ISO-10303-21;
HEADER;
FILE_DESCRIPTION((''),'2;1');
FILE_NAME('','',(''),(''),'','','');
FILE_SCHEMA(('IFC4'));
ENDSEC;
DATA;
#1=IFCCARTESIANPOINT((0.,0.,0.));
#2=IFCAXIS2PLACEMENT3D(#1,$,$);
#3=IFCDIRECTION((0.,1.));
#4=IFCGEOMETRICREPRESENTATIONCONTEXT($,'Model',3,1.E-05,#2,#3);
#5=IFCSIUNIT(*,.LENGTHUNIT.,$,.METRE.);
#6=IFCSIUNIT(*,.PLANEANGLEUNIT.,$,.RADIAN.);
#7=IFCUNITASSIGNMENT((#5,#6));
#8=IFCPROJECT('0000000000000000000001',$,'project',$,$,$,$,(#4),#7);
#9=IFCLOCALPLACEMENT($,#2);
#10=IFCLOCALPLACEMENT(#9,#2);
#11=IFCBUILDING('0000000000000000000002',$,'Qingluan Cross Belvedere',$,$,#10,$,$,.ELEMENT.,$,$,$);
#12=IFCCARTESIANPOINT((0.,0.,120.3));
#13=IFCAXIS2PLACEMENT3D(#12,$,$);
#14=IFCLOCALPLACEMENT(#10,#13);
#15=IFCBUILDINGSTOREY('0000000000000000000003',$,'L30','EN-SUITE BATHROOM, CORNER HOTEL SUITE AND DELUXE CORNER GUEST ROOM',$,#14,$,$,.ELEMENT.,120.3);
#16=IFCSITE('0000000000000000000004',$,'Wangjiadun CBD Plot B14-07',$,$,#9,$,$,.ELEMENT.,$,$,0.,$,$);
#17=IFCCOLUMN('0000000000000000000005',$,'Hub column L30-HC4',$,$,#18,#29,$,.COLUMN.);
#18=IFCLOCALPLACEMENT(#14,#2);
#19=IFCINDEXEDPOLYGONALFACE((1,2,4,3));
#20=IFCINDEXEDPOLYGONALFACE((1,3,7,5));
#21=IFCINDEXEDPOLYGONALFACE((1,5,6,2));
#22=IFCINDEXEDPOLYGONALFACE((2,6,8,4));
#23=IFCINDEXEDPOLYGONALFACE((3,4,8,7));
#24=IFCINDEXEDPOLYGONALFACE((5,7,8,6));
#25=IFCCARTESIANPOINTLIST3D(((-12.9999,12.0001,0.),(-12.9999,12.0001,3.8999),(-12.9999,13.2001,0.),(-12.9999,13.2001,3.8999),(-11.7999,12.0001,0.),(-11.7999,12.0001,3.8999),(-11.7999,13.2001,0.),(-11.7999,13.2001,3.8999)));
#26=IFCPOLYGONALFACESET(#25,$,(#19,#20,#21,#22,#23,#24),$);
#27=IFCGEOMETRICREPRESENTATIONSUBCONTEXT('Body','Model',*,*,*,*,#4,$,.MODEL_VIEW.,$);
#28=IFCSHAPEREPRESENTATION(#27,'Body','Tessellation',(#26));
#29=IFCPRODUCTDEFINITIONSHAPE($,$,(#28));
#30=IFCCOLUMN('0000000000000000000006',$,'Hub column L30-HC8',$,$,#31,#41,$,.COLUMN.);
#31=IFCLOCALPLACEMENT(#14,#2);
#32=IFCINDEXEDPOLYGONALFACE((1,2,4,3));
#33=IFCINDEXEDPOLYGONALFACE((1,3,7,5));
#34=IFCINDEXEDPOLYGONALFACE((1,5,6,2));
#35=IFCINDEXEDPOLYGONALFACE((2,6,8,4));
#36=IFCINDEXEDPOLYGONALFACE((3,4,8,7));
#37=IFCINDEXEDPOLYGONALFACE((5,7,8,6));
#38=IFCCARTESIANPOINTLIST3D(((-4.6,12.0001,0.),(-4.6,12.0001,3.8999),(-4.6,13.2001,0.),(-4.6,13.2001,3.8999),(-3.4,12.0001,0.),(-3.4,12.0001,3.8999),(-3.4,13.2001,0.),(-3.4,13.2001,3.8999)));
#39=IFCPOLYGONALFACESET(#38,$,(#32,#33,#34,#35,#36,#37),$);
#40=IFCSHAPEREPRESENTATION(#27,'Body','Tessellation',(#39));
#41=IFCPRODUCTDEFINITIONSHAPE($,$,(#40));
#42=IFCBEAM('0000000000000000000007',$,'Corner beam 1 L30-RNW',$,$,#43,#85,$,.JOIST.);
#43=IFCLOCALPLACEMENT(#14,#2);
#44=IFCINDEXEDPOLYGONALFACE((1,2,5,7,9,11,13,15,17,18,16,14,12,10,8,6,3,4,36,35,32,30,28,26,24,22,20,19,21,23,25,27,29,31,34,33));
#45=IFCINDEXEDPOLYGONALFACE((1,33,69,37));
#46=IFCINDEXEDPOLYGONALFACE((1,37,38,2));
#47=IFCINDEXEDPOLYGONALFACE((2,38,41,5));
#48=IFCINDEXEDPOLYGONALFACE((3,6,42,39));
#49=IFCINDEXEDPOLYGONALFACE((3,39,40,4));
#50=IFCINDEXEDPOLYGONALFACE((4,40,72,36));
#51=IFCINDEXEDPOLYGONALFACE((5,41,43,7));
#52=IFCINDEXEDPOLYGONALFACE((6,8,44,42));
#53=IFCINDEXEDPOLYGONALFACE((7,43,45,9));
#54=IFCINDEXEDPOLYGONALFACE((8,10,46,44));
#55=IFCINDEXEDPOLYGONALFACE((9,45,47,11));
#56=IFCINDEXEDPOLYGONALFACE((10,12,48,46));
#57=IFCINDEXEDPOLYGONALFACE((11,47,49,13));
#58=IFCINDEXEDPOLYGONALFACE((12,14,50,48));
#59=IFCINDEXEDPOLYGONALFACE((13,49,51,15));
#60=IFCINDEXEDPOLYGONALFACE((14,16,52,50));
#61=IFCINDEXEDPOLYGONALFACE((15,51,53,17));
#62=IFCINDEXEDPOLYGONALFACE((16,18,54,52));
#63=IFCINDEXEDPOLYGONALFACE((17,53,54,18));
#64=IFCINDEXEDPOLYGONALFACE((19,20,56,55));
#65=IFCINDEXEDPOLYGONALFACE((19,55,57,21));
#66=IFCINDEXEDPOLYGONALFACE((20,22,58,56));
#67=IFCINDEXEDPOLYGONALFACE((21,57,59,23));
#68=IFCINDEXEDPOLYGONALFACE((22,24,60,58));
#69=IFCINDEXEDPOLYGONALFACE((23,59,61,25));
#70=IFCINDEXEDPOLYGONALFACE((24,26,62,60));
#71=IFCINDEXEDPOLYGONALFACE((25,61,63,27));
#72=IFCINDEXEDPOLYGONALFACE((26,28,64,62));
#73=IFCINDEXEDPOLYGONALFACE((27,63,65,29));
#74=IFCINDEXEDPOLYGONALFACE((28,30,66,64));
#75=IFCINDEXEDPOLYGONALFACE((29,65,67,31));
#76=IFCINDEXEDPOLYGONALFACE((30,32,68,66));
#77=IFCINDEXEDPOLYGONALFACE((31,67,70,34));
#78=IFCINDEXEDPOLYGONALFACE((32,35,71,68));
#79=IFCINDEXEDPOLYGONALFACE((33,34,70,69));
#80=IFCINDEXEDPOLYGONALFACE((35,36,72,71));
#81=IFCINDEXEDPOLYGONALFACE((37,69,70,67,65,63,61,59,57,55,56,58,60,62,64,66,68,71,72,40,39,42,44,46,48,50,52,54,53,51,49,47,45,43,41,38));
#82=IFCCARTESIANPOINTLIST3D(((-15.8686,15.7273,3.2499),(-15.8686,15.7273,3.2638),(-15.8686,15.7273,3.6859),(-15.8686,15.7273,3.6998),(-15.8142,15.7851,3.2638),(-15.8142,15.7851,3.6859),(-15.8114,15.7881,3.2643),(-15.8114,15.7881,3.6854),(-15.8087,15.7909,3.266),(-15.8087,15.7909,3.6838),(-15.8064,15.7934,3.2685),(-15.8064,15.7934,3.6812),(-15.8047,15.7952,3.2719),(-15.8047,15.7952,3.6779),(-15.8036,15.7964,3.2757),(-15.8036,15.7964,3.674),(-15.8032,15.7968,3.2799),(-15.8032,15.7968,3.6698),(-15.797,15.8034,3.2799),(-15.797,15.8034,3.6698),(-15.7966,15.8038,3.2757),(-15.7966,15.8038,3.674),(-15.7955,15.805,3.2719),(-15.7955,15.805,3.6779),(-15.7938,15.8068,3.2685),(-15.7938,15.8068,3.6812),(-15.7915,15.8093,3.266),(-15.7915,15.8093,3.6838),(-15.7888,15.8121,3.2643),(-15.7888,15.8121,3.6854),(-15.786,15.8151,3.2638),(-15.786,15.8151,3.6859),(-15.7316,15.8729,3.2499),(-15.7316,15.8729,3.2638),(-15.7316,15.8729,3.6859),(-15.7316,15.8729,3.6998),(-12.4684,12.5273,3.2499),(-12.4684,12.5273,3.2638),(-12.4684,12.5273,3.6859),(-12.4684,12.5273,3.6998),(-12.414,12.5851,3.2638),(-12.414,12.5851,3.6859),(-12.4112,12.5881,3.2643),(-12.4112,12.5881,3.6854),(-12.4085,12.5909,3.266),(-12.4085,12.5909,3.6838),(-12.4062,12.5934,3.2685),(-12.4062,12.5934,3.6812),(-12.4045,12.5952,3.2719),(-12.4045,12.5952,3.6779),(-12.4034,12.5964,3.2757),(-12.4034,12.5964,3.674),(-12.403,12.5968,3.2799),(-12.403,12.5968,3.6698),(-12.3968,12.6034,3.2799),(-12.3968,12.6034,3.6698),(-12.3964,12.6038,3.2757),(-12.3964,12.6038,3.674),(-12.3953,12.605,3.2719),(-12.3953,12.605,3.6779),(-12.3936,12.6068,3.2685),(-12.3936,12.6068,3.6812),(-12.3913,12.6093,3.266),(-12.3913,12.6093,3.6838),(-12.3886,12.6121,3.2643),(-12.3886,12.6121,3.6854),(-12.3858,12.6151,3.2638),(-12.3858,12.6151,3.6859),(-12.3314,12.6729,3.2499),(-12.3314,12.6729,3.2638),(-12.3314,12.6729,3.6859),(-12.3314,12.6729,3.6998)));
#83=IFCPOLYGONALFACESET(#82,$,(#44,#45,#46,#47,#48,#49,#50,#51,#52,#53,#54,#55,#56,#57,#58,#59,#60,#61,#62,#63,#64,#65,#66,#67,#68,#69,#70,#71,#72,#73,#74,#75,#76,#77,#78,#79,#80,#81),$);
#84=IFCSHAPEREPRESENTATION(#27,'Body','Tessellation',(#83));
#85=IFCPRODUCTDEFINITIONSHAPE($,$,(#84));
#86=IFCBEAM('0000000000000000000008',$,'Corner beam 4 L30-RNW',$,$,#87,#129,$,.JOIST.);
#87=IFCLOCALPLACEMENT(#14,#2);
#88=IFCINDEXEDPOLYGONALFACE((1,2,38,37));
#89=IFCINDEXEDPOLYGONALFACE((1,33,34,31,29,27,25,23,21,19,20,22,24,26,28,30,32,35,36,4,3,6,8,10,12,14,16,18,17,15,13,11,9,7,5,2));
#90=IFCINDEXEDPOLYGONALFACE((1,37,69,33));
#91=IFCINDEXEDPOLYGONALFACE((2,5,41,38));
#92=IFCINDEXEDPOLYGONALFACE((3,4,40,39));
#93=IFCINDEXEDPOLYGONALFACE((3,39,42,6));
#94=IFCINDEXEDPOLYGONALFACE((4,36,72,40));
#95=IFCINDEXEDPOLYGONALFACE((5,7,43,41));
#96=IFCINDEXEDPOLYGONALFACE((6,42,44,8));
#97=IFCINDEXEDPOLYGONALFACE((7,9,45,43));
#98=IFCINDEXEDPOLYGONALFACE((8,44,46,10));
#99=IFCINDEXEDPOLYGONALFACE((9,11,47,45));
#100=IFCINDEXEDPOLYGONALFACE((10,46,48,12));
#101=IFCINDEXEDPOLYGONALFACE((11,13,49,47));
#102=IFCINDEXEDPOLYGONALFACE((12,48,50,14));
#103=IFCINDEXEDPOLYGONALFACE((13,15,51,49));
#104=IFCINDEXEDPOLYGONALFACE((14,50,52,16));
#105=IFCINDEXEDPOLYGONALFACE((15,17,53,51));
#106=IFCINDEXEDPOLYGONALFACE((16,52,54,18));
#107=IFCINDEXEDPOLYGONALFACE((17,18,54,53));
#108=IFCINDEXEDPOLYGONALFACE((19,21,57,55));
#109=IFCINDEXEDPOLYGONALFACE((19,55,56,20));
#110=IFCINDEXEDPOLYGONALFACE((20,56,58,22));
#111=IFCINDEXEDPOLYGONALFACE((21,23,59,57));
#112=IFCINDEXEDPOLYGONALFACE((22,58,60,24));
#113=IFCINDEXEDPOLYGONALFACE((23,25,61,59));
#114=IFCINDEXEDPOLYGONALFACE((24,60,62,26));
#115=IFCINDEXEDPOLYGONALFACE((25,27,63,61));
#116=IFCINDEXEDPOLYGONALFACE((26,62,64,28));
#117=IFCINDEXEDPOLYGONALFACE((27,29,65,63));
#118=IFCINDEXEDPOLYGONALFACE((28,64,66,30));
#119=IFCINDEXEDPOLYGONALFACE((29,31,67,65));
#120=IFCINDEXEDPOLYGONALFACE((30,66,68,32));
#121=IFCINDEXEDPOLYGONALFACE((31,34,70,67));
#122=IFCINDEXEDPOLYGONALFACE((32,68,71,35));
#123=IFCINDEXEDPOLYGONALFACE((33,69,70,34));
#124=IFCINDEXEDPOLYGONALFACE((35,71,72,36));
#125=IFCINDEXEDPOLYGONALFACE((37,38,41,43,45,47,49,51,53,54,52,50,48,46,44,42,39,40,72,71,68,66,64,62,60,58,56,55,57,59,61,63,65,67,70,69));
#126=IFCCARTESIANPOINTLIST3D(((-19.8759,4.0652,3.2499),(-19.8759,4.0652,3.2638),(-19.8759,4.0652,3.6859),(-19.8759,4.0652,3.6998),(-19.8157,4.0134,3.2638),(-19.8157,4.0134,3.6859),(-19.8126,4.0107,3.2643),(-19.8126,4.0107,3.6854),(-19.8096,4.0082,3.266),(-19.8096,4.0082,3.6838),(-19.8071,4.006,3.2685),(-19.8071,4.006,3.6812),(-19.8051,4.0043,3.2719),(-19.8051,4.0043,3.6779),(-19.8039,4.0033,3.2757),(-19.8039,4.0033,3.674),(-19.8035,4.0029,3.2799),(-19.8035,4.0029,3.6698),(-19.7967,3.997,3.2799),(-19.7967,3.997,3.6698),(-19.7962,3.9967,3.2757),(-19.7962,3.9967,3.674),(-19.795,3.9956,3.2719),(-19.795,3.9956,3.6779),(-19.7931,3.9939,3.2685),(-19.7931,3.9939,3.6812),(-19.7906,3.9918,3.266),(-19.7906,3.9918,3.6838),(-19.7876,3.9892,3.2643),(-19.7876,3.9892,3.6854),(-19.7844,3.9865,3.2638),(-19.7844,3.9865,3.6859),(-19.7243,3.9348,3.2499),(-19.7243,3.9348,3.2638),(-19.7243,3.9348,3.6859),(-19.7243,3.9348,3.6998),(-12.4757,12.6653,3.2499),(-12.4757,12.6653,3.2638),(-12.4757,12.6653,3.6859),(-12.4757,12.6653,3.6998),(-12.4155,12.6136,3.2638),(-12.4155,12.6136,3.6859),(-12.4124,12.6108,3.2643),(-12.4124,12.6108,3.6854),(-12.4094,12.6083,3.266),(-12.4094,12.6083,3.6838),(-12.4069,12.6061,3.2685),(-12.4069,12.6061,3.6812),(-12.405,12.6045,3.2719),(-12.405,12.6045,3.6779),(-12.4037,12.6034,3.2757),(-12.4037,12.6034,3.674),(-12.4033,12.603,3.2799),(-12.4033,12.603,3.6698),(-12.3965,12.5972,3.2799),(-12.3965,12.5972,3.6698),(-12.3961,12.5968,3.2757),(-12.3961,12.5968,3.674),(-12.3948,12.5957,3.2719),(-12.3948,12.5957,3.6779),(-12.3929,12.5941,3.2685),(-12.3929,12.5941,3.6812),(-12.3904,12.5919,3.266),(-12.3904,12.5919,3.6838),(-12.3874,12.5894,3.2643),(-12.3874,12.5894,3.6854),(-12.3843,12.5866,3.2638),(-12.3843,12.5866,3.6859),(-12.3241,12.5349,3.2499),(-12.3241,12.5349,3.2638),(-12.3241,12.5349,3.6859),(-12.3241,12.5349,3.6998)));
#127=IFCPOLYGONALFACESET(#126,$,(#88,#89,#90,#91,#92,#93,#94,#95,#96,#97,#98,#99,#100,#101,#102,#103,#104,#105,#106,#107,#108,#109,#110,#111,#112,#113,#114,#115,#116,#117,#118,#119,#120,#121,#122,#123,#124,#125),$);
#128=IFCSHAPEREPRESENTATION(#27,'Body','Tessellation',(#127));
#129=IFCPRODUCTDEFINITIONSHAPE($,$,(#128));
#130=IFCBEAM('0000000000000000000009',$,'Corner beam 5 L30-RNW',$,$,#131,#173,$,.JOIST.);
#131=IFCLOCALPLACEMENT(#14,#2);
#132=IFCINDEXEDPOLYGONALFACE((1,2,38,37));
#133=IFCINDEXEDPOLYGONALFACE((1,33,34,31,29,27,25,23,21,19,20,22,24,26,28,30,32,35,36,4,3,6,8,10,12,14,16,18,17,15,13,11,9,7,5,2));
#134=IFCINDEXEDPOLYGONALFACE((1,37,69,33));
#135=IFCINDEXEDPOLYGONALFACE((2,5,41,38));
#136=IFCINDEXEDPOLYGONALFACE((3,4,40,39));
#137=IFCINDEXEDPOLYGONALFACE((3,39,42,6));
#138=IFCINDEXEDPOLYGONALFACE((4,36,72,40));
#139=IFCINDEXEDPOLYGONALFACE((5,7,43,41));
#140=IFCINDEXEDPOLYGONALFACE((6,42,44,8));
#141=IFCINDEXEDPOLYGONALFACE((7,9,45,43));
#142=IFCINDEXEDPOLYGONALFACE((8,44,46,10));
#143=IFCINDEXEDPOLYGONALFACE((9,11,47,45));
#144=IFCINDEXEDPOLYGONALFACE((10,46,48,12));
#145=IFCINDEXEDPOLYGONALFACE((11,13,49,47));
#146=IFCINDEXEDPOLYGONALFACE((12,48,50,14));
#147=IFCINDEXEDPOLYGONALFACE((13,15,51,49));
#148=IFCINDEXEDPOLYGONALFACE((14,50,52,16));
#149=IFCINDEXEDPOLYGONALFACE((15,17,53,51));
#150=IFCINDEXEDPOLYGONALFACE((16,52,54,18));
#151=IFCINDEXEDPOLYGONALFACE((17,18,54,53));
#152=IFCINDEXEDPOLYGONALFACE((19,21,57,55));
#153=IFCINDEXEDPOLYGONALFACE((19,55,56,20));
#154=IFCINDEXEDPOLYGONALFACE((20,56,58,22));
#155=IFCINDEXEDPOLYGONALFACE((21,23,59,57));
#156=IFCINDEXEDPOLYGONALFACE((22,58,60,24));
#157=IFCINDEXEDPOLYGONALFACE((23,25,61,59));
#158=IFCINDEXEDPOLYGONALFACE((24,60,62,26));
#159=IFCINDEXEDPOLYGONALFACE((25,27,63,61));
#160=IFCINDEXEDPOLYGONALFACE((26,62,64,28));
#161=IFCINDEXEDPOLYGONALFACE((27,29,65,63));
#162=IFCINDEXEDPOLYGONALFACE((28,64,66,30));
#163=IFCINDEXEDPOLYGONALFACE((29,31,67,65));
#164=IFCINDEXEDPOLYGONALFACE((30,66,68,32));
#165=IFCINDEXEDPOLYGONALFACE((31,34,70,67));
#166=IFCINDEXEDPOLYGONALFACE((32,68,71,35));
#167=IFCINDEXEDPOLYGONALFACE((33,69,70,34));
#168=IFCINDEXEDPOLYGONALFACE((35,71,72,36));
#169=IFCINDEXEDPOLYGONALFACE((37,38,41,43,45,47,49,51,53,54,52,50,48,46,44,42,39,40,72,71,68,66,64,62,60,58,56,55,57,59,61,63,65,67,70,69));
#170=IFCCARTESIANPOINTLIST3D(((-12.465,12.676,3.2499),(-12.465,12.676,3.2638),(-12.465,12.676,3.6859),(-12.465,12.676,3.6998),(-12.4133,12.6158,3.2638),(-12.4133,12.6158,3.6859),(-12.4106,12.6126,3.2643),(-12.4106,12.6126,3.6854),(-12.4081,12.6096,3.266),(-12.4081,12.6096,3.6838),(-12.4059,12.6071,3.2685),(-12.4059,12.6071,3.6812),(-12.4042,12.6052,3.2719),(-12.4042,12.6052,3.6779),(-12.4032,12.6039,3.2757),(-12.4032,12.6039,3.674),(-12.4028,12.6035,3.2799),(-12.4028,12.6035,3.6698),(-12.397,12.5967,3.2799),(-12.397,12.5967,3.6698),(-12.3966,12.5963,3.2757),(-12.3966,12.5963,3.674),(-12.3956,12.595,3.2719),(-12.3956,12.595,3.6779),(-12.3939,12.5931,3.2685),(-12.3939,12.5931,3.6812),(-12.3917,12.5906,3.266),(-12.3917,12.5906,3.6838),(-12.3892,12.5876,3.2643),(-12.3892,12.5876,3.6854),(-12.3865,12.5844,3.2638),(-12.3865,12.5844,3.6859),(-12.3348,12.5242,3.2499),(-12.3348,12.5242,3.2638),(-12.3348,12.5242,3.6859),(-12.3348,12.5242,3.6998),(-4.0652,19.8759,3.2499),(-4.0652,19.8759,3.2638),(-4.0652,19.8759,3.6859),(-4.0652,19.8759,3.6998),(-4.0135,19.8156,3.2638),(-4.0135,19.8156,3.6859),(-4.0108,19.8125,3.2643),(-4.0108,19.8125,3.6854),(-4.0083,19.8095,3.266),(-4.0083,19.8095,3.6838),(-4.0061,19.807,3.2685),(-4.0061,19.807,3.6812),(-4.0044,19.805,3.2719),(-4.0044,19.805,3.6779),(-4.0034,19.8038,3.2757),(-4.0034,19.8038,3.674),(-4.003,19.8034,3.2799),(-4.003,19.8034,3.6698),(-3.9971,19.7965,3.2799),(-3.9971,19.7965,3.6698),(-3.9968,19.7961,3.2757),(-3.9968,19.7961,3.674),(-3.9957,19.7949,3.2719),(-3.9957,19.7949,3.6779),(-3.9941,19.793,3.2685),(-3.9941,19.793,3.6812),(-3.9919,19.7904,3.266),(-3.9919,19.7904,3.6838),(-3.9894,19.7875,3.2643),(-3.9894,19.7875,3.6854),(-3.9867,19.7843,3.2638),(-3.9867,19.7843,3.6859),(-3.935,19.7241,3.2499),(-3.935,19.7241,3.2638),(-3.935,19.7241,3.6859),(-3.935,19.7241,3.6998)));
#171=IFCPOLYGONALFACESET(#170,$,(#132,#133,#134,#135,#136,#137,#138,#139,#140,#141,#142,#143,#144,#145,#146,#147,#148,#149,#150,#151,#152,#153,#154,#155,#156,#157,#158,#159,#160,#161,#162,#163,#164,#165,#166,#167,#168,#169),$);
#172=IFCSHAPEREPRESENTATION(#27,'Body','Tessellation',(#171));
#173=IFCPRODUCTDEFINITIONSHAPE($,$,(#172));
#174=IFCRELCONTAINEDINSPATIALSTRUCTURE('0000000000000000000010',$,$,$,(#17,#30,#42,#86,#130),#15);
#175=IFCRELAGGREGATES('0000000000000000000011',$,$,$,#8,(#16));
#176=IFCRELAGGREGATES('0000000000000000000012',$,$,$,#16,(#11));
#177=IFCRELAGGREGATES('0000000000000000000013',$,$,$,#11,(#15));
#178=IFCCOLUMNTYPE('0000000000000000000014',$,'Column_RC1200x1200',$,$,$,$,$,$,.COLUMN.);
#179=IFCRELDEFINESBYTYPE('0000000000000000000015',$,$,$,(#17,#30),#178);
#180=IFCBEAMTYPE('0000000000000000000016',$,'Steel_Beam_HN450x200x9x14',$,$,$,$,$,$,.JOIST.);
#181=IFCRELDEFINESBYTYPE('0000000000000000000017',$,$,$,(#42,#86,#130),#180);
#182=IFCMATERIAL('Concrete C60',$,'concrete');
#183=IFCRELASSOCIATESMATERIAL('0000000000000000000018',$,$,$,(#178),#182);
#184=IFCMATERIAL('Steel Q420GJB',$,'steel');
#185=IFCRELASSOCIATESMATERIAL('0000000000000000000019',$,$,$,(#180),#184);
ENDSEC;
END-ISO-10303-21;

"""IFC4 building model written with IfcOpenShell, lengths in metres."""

from ifc_helpers import new_model, si_unit, direction, frame, origin, origin_2d, place, context, subcontext, project, spatial, rectangle, i_section, extrude, material, material_profile, profile_set, type_object, element, save


model = new_model("IFC4")

# Units and contexts
model_context = context("Model", 3, precision=1e-05, world=origin(), true_north=direction((0.0, 1.0)))
body_context = subcontext(model_context, "Body", "Model", "MODEL_VIEW")
ifc_project = project(units=[si_unit("LENGTHUNIT", "METRE"), si_unit("PLANEANGLEUNIT", "RADIAN")], contexts=[model_context])

# Site, building, storey
site_placement = place(None, origin())
site = spatial("IfcSite", under=ifc_project, at=site_placement, Name="Wangjiadun CBD Plot B14-07", CompositionType="ELEMENT", RefElevation=0.0)
building_placement = place(site_placement, origin())
building = spatial("IfcBuilding", under=site, at=building_placement, Name="Qingluan Cross Belvedere", CompositionType="ELEMENT")
storey_placement = place(building_placement, frame((0.0, 0.0, 120.3)))
storey = spatial("IfcBuildingStorey", under=building, at=storey_placement, Name="L30", Description="EN-SUITE BATHROOM, CORNER HOTEL SUITE AND DELUXE CORNER GUEST ROOM", CompositionType="ELEMENT", Elevation=120.3)

# Columns
ifc_material_1 = material(Name="Concrete C60", Category="concrete")
ifc_material_profile_1 = material_profile(ifc_material_1, rectangle(XDim=1.2, YDim=1.2, at=origin_2d()), Name="RC1200x1200")
ifc_profile_set_1 = profile_set([ifc_material_profile_1], Name="Concrete C60")
column_type = type_object("IfcColumnType", Name="Column_RC1200x1200", PredefinedType="COLUMN", material=ifc_profile_set_1)
for number, where, z_axis, x_axis, name in (
    (1, (-12.3999, 12.6001, 0.0), (0.0, 0.0, 1.0), (1.0, 0.0, 0.0), "Hub column L30-HC4"),
    (2, (-4.0, 12.6001, 0.0), (0.0, 0.0, 1.0), (1.0, 0.0, 0.0), "Hub column L30-HC8"),
):
    element("IfcColumn", number, at=place(storey_placement, frame(where, z_axis=z_axis, x_axis=x_axis)), inside=storey, type_object=column_type, Name=name, PredefinedType="COLUMN", context=body_context, shape_type="SweptSolid", body=[
        extrude(rectangle(XDim=1.2, YDim=1.2, at=origin_2d()), origin(), (0.0, 0.0, 1.0), 3.8999),
    ])

# Beams
ifc_material_2 = material(Name="Steel Q420GJB", Category="steel")
ifc_material_profile_2 = material_profile(ifc_material_2, i_section(OverallWidth=0.2, OverallDepth=0.45, WebThickness=0.009, FlangeThickness=0.0139, FilletRadius=0.0161, at=origin_2d()), Name="HN450x200x9x14")
ifc_profile_set_2 = profile_set([ifc_material_profile_2], Name="Steel Q420GJB")
beam_type_1 = type_object("IfcBeamType", Name="Steel_Beam_HN450x200x9x14", PredefinedType="JOIST", material=ifc_profile_set_2)
beam_1_placement = place(storey_placement, frame((-12.3999, 12.6001, 3.4749), z_axis=(-0.72822, 0.685343, 0.0), x_axis=(-0.685343, -0.72822, 0.0)))
element("IfcBeam", 3, at=beam_1_placement, inside=storey, type_object=beam_type_1, Name="Corner beam 1 L30-RNW", PredefinedType="JOIST", context=body_context, shape_type="SweptSolid", body=[
    extrude(i_section(OverallWidth=0.2, OverallDepth=0.45, WebThickness=0.009, FlangeThickness=0.0139, FilletRadius=0.0161, at=origin_2d()), origin(), (0.0, 0.0, 1.0), 4.6692),
])
beam_2_placement = place(storey_placement, frame((-12.3999, 12.6001, 3.4749), z_axis=(-0.652245, -0.758008, 0.0), x_axis=(0.758008, -0.652245, 0.0)))
element("IfcBeam", 4, at=beam_2_placement, inside=storey, type_object=beam_type_1, Name="Corner beam 4 L30-RNW", PredefinedType="JOIST", context=body_context, shape_type="SweptSolid", body=[
    extrude(i_section(OverallWidth=0.2, OverallDepth=0.45, WebThickness=0.009, FlangeThickness=0.0139, FilletRadius=0.0161, at=origin_2d()), origin(), (0.0, 0.0, 1.0), 11.3457),
])
beam_3_placement = place(storey_placement, frame((-12.3999, 12.6001, 3.4749), z_axis=(0.759255, 0.650793, 0.0), x_axis=(-0.650793, 0.759255, 0.0)))
element("IfcBeam", 5, at=beam_3_placement, inside=storey, type_object=beam_type_1, Name="Corner beam 5 L30-RNW", PredefinedType="JOIST", context=body_context, shape_type="SweptSolid", body=[
    extrude(i_section(OverallWidth=0.2, OverallDepth=0.45, WebThickness=0.009, FlangeThickness=0.0139, FilletRadius=0.0161, at=origin_2d()), origin(), (0.0, 0.0, 1.0), 11.0632),
])

save(model, "model.ifc")
